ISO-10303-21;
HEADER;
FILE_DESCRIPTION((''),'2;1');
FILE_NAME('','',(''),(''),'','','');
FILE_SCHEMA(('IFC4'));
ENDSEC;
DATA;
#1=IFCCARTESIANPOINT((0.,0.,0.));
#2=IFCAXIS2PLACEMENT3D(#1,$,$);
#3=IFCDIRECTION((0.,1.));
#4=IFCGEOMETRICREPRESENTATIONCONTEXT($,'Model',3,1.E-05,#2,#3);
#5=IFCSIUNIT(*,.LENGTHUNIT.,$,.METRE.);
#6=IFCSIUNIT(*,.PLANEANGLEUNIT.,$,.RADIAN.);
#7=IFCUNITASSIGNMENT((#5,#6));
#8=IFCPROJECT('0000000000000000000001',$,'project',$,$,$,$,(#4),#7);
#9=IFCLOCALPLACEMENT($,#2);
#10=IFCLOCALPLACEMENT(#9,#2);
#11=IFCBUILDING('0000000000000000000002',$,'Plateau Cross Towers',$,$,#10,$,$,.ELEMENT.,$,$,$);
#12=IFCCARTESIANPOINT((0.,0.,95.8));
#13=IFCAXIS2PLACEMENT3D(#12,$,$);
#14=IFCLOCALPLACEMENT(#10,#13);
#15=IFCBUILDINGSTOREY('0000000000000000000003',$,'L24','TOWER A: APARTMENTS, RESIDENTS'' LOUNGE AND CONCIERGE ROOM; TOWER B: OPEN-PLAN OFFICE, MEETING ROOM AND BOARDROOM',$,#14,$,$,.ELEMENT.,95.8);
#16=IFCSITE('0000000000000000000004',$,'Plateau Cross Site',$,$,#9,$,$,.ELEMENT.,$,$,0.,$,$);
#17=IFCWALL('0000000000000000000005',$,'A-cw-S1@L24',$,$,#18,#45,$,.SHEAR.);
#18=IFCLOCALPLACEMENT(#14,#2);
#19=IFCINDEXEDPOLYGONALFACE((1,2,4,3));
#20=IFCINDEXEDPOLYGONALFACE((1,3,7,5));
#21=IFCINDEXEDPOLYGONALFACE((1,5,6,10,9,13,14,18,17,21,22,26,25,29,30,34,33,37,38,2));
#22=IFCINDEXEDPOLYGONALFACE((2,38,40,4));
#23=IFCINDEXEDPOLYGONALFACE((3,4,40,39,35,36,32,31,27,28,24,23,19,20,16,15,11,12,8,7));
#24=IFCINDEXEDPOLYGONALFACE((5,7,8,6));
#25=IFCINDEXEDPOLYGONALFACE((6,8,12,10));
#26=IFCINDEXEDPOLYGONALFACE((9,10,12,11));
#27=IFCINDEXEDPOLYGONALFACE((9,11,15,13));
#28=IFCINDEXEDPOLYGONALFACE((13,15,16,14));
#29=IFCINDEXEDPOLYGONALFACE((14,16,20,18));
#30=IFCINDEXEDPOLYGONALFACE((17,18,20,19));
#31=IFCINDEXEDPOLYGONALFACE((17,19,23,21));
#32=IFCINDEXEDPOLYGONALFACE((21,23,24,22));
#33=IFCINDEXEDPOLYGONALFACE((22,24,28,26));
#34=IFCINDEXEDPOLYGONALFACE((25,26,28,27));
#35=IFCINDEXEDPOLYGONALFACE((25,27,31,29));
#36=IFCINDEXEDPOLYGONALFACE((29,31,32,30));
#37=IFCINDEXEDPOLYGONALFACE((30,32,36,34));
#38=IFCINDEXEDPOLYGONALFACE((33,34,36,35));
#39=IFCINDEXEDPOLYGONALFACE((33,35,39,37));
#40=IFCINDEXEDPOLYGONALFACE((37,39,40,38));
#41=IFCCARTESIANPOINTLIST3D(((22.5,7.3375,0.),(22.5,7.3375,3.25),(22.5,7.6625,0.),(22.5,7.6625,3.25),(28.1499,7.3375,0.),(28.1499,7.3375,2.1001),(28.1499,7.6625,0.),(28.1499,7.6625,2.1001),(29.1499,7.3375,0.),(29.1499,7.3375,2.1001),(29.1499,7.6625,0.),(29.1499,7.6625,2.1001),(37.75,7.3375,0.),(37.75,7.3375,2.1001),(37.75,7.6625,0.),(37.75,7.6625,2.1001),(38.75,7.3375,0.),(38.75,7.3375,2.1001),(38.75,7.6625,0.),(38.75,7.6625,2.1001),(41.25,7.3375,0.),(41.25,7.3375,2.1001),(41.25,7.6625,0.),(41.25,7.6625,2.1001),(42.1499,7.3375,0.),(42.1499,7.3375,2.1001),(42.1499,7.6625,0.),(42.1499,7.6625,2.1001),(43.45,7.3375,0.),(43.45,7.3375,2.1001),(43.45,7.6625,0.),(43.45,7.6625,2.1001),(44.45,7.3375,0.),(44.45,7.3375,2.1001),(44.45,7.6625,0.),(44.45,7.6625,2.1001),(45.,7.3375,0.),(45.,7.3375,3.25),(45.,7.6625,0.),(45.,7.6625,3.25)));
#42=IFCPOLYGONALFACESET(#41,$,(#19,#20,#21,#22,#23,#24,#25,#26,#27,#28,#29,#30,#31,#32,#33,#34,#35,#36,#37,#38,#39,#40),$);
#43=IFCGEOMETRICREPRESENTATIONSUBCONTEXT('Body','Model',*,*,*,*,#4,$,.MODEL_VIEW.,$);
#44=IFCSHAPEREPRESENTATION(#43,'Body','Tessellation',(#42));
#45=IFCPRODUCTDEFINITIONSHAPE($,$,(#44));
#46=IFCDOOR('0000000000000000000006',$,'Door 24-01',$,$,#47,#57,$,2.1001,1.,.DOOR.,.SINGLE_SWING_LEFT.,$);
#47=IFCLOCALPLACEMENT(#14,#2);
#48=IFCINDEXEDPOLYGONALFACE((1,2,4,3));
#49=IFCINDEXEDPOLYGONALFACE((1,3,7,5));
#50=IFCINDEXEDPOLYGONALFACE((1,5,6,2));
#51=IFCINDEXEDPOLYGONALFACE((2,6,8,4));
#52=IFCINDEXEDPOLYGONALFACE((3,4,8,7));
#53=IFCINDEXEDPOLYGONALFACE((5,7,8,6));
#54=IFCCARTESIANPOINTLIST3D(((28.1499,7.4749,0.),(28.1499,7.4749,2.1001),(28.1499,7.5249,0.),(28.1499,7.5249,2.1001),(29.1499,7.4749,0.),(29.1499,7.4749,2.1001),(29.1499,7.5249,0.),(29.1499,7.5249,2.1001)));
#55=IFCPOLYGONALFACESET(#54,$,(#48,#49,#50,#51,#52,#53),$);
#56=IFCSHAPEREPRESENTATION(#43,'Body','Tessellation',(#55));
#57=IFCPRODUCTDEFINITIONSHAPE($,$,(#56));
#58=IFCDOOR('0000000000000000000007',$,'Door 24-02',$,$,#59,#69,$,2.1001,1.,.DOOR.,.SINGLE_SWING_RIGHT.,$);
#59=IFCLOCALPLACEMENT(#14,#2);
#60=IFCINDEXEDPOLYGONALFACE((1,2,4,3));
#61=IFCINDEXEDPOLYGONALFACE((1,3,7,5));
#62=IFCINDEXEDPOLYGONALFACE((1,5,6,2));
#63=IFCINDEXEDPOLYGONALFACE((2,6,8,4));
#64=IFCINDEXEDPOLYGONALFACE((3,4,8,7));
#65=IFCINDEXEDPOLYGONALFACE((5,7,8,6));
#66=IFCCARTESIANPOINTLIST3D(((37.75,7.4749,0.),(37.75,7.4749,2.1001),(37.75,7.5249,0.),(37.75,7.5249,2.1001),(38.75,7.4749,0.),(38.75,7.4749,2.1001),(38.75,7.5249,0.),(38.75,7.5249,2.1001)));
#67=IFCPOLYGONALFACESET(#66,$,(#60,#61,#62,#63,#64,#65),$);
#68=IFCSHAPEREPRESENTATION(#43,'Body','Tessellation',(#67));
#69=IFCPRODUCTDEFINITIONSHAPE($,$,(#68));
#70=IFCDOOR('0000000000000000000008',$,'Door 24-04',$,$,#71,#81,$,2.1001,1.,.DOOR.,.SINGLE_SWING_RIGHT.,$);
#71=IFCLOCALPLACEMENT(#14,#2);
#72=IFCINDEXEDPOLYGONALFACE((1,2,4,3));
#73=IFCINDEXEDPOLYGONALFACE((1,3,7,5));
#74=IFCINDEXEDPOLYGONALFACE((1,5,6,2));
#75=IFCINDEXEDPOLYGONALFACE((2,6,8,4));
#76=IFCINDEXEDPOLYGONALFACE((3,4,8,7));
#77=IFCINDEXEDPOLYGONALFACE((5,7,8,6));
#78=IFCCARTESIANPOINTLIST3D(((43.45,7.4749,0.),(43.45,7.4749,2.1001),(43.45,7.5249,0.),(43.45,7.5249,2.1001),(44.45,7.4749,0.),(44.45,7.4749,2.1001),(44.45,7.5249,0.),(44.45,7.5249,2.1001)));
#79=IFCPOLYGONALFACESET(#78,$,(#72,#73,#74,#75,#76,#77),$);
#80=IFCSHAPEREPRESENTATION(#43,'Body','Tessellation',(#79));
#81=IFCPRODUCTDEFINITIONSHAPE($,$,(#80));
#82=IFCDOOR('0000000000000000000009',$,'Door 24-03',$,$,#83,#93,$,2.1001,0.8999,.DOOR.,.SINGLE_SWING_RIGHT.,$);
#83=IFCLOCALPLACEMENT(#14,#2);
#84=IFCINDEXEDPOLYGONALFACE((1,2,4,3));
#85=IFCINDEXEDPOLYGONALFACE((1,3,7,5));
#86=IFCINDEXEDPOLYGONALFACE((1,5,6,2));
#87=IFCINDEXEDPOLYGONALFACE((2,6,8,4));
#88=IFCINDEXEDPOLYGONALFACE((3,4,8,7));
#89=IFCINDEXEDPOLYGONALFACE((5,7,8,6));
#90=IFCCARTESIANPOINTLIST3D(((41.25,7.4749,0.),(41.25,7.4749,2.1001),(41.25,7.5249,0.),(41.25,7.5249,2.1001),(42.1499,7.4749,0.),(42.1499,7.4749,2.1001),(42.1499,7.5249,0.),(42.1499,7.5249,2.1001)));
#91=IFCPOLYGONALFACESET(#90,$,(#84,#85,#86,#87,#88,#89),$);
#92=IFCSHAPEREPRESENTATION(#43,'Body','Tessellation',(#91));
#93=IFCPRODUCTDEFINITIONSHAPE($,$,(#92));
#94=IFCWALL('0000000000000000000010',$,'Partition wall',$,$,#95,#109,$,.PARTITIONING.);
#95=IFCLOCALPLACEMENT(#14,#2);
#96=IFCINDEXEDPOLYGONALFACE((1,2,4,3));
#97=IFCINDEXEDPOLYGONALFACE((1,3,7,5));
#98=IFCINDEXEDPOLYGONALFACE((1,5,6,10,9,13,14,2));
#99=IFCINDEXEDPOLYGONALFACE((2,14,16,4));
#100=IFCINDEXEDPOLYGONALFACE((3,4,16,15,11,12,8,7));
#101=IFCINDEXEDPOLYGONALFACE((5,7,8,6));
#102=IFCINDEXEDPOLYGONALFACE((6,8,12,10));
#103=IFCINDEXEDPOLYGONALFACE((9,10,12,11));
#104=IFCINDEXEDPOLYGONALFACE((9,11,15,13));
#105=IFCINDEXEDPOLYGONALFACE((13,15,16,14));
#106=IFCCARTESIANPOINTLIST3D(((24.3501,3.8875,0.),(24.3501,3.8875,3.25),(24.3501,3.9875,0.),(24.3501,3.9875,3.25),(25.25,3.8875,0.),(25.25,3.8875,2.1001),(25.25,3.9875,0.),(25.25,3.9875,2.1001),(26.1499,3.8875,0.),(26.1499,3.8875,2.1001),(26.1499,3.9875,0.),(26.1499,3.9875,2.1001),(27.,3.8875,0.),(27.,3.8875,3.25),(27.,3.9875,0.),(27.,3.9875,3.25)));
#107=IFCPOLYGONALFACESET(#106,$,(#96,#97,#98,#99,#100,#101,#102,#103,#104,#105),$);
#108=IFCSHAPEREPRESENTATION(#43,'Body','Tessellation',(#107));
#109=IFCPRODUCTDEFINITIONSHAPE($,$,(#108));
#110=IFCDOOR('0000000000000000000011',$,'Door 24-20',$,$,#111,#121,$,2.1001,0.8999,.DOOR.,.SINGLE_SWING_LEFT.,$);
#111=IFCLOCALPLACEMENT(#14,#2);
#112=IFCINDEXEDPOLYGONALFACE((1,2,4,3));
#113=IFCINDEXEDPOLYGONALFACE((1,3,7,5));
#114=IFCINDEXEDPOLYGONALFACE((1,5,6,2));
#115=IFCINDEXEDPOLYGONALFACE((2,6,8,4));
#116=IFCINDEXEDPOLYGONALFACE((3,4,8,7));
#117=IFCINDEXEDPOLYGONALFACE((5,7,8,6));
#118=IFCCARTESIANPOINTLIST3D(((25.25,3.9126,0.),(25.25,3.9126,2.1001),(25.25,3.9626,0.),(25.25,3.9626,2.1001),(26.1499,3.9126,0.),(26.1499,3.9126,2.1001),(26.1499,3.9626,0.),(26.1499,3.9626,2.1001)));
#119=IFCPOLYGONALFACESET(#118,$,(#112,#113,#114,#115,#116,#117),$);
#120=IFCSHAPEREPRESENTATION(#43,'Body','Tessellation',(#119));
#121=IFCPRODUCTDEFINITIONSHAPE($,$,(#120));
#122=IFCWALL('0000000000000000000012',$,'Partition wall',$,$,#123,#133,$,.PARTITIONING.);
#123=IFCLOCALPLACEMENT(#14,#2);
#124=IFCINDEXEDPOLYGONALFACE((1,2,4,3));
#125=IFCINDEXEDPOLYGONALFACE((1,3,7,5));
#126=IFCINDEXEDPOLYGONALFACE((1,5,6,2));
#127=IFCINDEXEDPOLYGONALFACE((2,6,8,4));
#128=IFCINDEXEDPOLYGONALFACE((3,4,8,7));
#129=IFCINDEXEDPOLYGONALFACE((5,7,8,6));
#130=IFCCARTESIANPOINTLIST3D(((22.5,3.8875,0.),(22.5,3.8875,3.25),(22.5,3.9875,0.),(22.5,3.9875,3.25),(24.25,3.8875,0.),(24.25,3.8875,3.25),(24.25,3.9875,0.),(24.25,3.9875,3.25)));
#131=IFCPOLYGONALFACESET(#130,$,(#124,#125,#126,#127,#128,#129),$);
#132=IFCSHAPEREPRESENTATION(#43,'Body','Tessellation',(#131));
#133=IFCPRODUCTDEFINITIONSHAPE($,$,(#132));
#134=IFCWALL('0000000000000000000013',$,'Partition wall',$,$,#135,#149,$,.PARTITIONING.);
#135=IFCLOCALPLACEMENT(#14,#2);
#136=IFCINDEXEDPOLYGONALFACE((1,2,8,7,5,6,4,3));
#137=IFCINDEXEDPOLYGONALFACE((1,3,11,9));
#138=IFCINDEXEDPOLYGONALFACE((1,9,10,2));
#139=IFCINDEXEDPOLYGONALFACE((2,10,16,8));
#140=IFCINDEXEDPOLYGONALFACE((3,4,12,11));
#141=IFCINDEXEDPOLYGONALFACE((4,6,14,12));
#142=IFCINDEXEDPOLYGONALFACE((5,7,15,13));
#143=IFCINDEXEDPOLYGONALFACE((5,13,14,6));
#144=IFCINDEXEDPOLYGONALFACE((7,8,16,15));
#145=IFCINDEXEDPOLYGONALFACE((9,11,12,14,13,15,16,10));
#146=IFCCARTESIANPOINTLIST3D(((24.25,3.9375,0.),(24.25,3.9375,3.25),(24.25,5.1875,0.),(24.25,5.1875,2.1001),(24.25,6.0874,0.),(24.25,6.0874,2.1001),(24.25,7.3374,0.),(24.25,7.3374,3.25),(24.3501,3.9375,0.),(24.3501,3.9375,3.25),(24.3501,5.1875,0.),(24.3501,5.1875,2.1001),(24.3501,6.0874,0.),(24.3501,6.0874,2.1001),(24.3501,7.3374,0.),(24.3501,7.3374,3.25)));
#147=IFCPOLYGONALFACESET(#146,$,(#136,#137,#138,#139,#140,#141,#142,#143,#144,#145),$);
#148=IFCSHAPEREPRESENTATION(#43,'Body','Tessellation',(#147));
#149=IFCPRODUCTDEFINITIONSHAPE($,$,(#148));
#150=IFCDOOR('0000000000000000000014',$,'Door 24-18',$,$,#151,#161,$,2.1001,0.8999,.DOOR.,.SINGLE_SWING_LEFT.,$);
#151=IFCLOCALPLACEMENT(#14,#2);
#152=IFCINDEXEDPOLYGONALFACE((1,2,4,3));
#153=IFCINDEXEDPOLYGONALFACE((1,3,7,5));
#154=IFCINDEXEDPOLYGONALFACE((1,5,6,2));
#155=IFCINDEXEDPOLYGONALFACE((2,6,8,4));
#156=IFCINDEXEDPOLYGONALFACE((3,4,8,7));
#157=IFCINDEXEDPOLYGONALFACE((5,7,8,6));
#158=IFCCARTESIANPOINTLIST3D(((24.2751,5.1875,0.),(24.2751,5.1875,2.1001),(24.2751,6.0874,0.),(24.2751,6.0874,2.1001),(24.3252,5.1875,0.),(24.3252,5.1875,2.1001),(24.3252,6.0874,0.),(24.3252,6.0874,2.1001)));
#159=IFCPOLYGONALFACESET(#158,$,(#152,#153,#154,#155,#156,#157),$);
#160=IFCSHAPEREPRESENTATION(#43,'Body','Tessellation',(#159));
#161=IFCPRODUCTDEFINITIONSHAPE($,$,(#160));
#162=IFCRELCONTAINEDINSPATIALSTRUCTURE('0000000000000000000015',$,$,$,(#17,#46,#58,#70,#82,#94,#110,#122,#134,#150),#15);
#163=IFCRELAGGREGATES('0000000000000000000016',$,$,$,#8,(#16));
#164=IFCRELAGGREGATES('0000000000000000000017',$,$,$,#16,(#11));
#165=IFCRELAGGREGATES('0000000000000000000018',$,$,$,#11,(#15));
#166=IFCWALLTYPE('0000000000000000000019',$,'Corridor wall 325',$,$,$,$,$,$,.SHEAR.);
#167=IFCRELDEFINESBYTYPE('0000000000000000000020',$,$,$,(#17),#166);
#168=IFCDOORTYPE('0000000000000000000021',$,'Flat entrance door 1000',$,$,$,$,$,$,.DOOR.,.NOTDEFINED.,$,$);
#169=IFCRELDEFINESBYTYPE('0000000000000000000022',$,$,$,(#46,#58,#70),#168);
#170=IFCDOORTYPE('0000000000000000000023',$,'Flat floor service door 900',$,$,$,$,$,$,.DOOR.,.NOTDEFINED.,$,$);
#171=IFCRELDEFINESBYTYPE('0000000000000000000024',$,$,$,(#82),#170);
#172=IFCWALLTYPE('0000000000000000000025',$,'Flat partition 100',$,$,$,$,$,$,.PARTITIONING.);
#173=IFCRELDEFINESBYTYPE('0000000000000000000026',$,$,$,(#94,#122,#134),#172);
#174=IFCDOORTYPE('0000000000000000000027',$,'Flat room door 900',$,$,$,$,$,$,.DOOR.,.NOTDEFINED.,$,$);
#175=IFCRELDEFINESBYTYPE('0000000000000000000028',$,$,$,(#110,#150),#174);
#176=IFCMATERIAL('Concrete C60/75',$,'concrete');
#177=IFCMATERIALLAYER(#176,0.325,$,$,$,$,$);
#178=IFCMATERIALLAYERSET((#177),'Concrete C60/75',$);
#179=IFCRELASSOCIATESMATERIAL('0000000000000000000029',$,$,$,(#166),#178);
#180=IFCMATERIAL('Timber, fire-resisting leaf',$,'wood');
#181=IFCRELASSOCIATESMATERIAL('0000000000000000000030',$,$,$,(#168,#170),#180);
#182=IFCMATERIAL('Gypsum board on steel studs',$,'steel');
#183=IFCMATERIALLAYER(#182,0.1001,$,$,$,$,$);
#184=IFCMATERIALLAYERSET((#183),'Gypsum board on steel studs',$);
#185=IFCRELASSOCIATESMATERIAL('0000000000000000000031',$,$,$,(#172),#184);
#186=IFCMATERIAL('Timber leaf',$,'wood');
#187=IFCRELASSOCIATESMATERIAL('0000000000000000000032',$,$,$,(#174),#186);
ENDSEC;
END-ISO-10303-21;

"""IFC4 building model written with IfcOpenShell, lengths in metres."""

from ifc_helpers import new_model, si_unit, direction, frame, frame_2d, origin, place, context, subcontext, project, spatial, rectangle, extrude, material, layer, layer_set, type_object, element, fill, save


model = new_model("IFC4")

# Units and contexts
model_context = context("Model", 3, precision=1e-05, world=origin(), true_north=direction((0.0, 1.0)))
body_context = subcontext(model_context, "Body", "Model", "MODEL_VIEW")
ifc_project = project(units=[si_unit("LENGTHUNIT", "METRE"), si_unit("PLANEANGLEUNIT", "RADIAN")], contexts=[model_context])

# Site, building, storey
site_placement = place(None, origin())
site = spatial("IfcSite", under=ifc_project, at=site_placement, Name="Plateau Cross Site", CompositionType="ELEMENT", RefElevation=0.0)
building_placement = place(site_placement, origin())
building = spatial("IfcBuilding", under=site, at=building_placement, Name="Plateau Cross Towers", CompositionType="ELEMENT")
storey_placement = place(building_placement, frame((0.0, 0.0, 95.8)))
storey = spatial("IfcBuildingStorey", under=building, at=storey_placement, Name="L24", Description="TOWER A: APARTMENTS, RESIDENTS' LOUNGE AND CONCIERGE ROOM; TOWER B: OPEN-PLAN OFFICE, MEETING ROOM AND BOARDROOM", CompositionType="ELEMENT", Elevation=95.8)

# Shared definitions
ifc_material_1 = material(Name="Concrete C60/75", Category="concrete")

# Wall, openings, doors
ifc_layer_1 = layer(ifc_material_1, 0.325)
ifc_layer_set_1 = layer_set([ifc_layer_1], Name="Concrete C60/75")
wall_type_1 = type_object("IfcWallType", Name="Corridor wall 325", PredefinedType="SHEAR", material=ifc_layer_set_1)
wall_1_placement = place(storey_placement, frame((22.5, 7.5, 0.0), z_axis=(0.0, 0.0, 1.0), x_axis=(1.0, 0.0, 0.0)))
wall_1 = element("IfcWall", 1, at=wall_1_placement, inside=storey, type_object=wall_type_1, Name="A-cw-S1@L24", PredefinedType="SHEAR", context=body_context, shape_type="SweptSolid", body=[
    extrude(rectangle(XDim=22.5, YDim=0.325, at=frame_2d((11.25, 0.0))), origin(), (0.0, 0.0, 1.0), 3.25),
])
opening_1_placement = place(wall_1_placement, frame((5.6499, 0.0, 0.0)))
opening_1 = element("IfcOpeningElement", 2, at=opening_1_placement, cuts=wall_1, PredefinedType="OPENING", context=body_context, shape_type="SweptSolid", body=[
    extrude(rectangle(XDim=1.0, YDim=2.1001, at=frame_2d((0.5, 1.05))), frame((0.0, 0.1724, 0.0), z_axis=(0.0, -1.0, 0.0), x_axis=(1.0, 0.0, 0.0)), (0.0, 0.0, 1.0), 0.345),
])
opening_2_placement = place(wall_1_placement, frame((15.25, 0.0, 0.0)))
opening_2 = element("IfcOpeningElement", 3, at=opening_2_placement, cuts=wall_1, PredefinedType="OPENING", context=body_context, shape_type="SweptSolid", body=[
    extrude(rectangle(XDim=1.0, YDim=2.1001, at=frame_2d((0.5, 1.05))), frame((0.0, 0.1724, 0.0), z_axis=(0.0, -1.0, 0.0), x_axis=(1.0, 0.0, 0.0)), (0.0, 0.0, 1.0), 0.345),
])
opening_3_placement = place(wall_1_placement, frame((18.75, 0.0, 0.0)))
opening_3 = element("IfcOpeningElement", 4, at=opening_3_placement, cuts=wall_1, PredefinedType="OPENING", context=body_context, shape_type="SweptSolid", body=[
    extrude(rectangle(XDim=0.8999, YDim=2.1001, at=frame_2d((0.45, 1.05))), frame((0.0, 0.1724, 0.0), z_axis=(0.0, -1.0, 0.0), x_axis=(1.0, 0.0, 0.0)), (0.0, 0.0, 1.0), 0.345),
])
opening_4_placement = place(wall_1_placement, frame((20.95, 0.0, 0.0)))
opening_4 = element("IfcOpeningElement", 5, at=opening_4_placement, cuts=wall_1, PredefinedType="OPENING", context=body_context, shape_type="SweptSolid", body=[
    extrude(rectangle(XDim=1.0, YDim=2.1001, at=frame_2d((0.5, 1.05))), frame((0.0, 0.1724, 0.0), z_axis=(0.0, -1.0, 0.0), x_axis=(1.0, 0.0, 0.0)), (0.0, 0.0, 1.0), 0.345),
])
ifc_material_2 = material(Name="Timber, fire-resisting leaf", Category="wood")
door_type_1 = type_object("IfcDoorType", Name="Flat entrance door 1000", OperationType="NOTDEFINED", PredefinedType="DOOR", material=ifc_material_2)
door_1_placement = place(opening_1_placement, origin())
door_1 = element("IfcDoor", 6, at=door_1_placement, inside=storey, type_object=door_type_1, Name="Door 24-01", OperationType="SINGLE_SWING_LEFT", OverallHeight=2.1001, OverallWidth=1.0, PredefinedType="DOOR", context=body_context, shape_type="SweptSolid", body=[
    extrude(rectangle(XDim=1.0, YDim=2.1001, at=frame_2d((0.5, 1.05))), frame((0.0, 0.0249, 0.0), z_axis=(0.0, -1.0, 0.0), x_axis=(1.0, 0.0, 0.0)), (0.0, 0.0, 1.0), 0.05),
])
fill(opening_1, door_1)
door_2_placement = place(opening_2_placement, origin())
door_2 = element("IfcDoor", 7, at=door_2_placement, inside=storey, type_object=door_type_1, Name="Door 24-02", OperationType="SINGLE_SWING_RIGHT", OverallHeight=2.1001, OverallWidth=1.0, PredefinedType="DOOR", context=body_context, shape_type="SweptSolid", body=[
    extrude(rectangle(XDim=1.0, YDim=2.1001, at=frame_2d((0.5, 1.05))), frame((0.0, 0.0249, 0.0), z_axis=(0.0, -1.0, 0.0), x_axis=(1.0, 0.0, 0.0)), (0.0, 0.0, 1.0), 0.05),
])
fill(opening_2, door_2)
door_3_placement = place(opening_4_placement, origin())
door_3 = element("IfcDoor", 8, at=door_3_placement, inside=storey, type_object=door_type_1, Name="Door 24-04", OperationType="SINGLE_SWING_RIGHT", OverallHeight=2.1001, OverallWidth=1.0, PredefinedType="DOOR", context=body_context, shape_type="SweptSolid", body=[
    extrude(rectangle(XDim=1.0, YDim=2.1001, at=frame_2d((0.5, 1.05))), frame((0.0, 0.0249, 0.0), z_axis=(0.0, -1.0, 0.0), x_axis=(1.0, 0.0, 0.0)), (0.0, 0.0, 1.0), 0.05),
])
fill(opening_4, door_3)
door_type_2 = type_object("IfcDoorType", Name="Flat floor service door 900", OperationType="NOTDEFINED", PredefinedType="DOOR", material=ifc_material_2)
door_4_placement = place(opening_3_placement, origin())
door_4 = element("IfcDoor", 9, at=door_4_placement, inside=storey, type_object=door_type_2, Name="Door 24-03", OperationType="SINGLE_SWING_RIGHT", OverallHeight=2.1001, OverallWidth=0.8999, PredefinedType="DOOR", context=body_context, shape_type="SweptSolid", body=[
    extrude(rectangle(XDim=0.8999, YDim=2.1001, at=frame_2d((0.45, 1.05))), frame((0.0, 0.0249, 0.0), z_axis=(0.0, -1.0, 0.0), x_axis=(1.0, 0.0, 0.0)), (0.0, 0.0, 1.0), 0.05),
])
fill(opening_3, door_4)

# Wall, opening, door
ifc_material_3 = material(Name="Gypsum board on steel studs", Category="steel")
ifc_layer_2 = layer(ifc_material_3, 0.1001)
ifc_layer_set_2 = layer_set([ifc_layer_2], Name="Gypsum board on steel studs")
wall_type_2 = type_object("IfcWallType", Name="Flat partition 100", PredefinedType="PARTITIONING", material=ifc_layer_set_2)
wall_2_placement = place(storey_placement, frame((27.0, 3.9375, 0.0), z_axis=(0.0, 0.0, 1.0), x_axis=(-1.0, 0.0, 0.0)))
wall_2 = element("IfcWall", 10, at=wall_2_placement, inside=storey, type_object=wall_type_2, Name="Partition wall", PredefinedType="PARTITIONING", context=body_context, shape_type="SweptSolid", body=[
    extrude(rectangle(XDim=2.6499, YDim=0.1001, at=frame_2d((1.325, 0.0))), origin(), (0.0, 0.0, 1.0), 3.25),
])
opening_5_placement = place(wall_2_placement, frame((0.8501, 0.0, 0.0)))
opening_5 = element("IfcOpeningElement", 11, at=opening_5_placement, cuts=wall_2, PredefinedType="OPENING", context=body_context, shape_type="SweptSolid", body=[
    extrude(rectangle(XDim=0.8999, YDim=2.1001, at=frame_2d((0.45, 1.05))), frame((0.0, 0.0601, 0.0), z_axis=(0.0, -1.0, 0.0), x_axis=(1.0, 0.0, 0.0)), (0.0, 0.0, 1.0), 0.1201),
])
ifc_material_4 = material(Name="Timber leaf", Category="wood")
door_type_3 = type_object("IfcDoorType", Name="Flat room door 900", OperationType="NOTDEFINED", PredefinedType="DOOR", material=ifc_material_4)
door_5_placement = place(opening_5_placement, origin())
door_5 = element("IfcDoor", 12, at=door_5_placement, inside=storey, type_object=door_type_3, Name="Door 24-20", OperationType="SINGLE_SWING_LEFT", OverallHeight=2.1001, OverallWidth=0.8999, PredefinedType="DOOR", context=body_context, shape_type="SweptSolid", body=[
    extrude(rectangle(XDim=0.8999, YDim=2.1001, at=frame_2d((0.45, 1.05))), frame((0.0, 0.0249, 0.0), z_axis=(0.0, -1.0, 0.0), x_axis=(1.0, 0.0, 0.0)), (0.0, 0.0, 1.0), 0.05),
])
fill(opening_5, door_5)

# Wall
wall_3_placement = place(storey_placement, frame((22.5, 3.9375, 0.0), z_axis=(0.0, 0.0, 1.0), x_axis=(1.0, 0.0, 0.0)))
element("IfcWall", 13, at=wall_3_placement, inside=storey, type_object=wall_type_2, Name="Partition wall", PredefinedType="PARTITIONING", context=body_context, shape_type="SweptSolid", body=[
    extrude(rectangle(XDim=1.75, YDim=0.1001, at=frame_2d((0.875, 0.0))), origin(), (0.0, 0.0, 1.0), 3.25),
])

# Wall, opening, door
wall_4_placement = place(storey_placement, frame((24.3, 3.9375, 0.0), z_axis=(0.0, 0.0, 1.0), x_axis=(0.0, 1.0, 0.0)))
wall_4 = element("IfcWall", 14, at=wall_4_placement, inside=storey, type_object=wall_type_2, Name="Partition wall", PredefinedType="PARTITIONING", context=body_context, shape_type="SweptSolid", body=[
    extrude(rectangle(XDim=3.3999, YDim=0.1001, at=frame_2d((1.7, 0.0))), origin(), (0.0, 0.0, 1.0), 3.25),
])
opening_6_placement = place(wall_4_placement, frame((1.25, 0.0, 0.0)))
opening_6 = element("IfcOpeningElement", 15, at=opening_6_placement, cuts=wall_4, PredefinedType="OPENING", context=body_context, shape_type="SweptSolid", body=[
    extrude(rectangle(XDim=0.8999, YDim=2.1001, at=frame_2d((0.45, 1.05))), frame((0.0, 0.0601, 0.0), z_axis=(0.0, -1.0, 0.0), x_axis=(1.0, 0.0, 0.0)), (0.0, 0.0, 1.0), 0.1201),
])
door_6_placement = place(opening_6_placement, origin())
door_6 = element("IfcDoor", 16, at=door_6_placement, inside=storey, type_object=door_type_3, Name="Door 24-18", OperationType="SINGLE_SWING_LEFT", OverallHeight=2.1001, OverallWidth=0.8999, PredefinedType="DOOR", context=body_context, shape_type="SweptSolid", body=[
    extrude(rectangle(XDim=0.8999, YDim=2.1001, at=frame_2d((0.45, 1.05))), frame((0.0, 0.0249, 0.0), z_axis=(0.0, -1.0, 0.0), x_axis=(1.0, 0.0, 0.0)), (0.0, 0.0, 1.0), 0.05),
])
fill(opening_6, door_6)

save(model, "model.ifc")
